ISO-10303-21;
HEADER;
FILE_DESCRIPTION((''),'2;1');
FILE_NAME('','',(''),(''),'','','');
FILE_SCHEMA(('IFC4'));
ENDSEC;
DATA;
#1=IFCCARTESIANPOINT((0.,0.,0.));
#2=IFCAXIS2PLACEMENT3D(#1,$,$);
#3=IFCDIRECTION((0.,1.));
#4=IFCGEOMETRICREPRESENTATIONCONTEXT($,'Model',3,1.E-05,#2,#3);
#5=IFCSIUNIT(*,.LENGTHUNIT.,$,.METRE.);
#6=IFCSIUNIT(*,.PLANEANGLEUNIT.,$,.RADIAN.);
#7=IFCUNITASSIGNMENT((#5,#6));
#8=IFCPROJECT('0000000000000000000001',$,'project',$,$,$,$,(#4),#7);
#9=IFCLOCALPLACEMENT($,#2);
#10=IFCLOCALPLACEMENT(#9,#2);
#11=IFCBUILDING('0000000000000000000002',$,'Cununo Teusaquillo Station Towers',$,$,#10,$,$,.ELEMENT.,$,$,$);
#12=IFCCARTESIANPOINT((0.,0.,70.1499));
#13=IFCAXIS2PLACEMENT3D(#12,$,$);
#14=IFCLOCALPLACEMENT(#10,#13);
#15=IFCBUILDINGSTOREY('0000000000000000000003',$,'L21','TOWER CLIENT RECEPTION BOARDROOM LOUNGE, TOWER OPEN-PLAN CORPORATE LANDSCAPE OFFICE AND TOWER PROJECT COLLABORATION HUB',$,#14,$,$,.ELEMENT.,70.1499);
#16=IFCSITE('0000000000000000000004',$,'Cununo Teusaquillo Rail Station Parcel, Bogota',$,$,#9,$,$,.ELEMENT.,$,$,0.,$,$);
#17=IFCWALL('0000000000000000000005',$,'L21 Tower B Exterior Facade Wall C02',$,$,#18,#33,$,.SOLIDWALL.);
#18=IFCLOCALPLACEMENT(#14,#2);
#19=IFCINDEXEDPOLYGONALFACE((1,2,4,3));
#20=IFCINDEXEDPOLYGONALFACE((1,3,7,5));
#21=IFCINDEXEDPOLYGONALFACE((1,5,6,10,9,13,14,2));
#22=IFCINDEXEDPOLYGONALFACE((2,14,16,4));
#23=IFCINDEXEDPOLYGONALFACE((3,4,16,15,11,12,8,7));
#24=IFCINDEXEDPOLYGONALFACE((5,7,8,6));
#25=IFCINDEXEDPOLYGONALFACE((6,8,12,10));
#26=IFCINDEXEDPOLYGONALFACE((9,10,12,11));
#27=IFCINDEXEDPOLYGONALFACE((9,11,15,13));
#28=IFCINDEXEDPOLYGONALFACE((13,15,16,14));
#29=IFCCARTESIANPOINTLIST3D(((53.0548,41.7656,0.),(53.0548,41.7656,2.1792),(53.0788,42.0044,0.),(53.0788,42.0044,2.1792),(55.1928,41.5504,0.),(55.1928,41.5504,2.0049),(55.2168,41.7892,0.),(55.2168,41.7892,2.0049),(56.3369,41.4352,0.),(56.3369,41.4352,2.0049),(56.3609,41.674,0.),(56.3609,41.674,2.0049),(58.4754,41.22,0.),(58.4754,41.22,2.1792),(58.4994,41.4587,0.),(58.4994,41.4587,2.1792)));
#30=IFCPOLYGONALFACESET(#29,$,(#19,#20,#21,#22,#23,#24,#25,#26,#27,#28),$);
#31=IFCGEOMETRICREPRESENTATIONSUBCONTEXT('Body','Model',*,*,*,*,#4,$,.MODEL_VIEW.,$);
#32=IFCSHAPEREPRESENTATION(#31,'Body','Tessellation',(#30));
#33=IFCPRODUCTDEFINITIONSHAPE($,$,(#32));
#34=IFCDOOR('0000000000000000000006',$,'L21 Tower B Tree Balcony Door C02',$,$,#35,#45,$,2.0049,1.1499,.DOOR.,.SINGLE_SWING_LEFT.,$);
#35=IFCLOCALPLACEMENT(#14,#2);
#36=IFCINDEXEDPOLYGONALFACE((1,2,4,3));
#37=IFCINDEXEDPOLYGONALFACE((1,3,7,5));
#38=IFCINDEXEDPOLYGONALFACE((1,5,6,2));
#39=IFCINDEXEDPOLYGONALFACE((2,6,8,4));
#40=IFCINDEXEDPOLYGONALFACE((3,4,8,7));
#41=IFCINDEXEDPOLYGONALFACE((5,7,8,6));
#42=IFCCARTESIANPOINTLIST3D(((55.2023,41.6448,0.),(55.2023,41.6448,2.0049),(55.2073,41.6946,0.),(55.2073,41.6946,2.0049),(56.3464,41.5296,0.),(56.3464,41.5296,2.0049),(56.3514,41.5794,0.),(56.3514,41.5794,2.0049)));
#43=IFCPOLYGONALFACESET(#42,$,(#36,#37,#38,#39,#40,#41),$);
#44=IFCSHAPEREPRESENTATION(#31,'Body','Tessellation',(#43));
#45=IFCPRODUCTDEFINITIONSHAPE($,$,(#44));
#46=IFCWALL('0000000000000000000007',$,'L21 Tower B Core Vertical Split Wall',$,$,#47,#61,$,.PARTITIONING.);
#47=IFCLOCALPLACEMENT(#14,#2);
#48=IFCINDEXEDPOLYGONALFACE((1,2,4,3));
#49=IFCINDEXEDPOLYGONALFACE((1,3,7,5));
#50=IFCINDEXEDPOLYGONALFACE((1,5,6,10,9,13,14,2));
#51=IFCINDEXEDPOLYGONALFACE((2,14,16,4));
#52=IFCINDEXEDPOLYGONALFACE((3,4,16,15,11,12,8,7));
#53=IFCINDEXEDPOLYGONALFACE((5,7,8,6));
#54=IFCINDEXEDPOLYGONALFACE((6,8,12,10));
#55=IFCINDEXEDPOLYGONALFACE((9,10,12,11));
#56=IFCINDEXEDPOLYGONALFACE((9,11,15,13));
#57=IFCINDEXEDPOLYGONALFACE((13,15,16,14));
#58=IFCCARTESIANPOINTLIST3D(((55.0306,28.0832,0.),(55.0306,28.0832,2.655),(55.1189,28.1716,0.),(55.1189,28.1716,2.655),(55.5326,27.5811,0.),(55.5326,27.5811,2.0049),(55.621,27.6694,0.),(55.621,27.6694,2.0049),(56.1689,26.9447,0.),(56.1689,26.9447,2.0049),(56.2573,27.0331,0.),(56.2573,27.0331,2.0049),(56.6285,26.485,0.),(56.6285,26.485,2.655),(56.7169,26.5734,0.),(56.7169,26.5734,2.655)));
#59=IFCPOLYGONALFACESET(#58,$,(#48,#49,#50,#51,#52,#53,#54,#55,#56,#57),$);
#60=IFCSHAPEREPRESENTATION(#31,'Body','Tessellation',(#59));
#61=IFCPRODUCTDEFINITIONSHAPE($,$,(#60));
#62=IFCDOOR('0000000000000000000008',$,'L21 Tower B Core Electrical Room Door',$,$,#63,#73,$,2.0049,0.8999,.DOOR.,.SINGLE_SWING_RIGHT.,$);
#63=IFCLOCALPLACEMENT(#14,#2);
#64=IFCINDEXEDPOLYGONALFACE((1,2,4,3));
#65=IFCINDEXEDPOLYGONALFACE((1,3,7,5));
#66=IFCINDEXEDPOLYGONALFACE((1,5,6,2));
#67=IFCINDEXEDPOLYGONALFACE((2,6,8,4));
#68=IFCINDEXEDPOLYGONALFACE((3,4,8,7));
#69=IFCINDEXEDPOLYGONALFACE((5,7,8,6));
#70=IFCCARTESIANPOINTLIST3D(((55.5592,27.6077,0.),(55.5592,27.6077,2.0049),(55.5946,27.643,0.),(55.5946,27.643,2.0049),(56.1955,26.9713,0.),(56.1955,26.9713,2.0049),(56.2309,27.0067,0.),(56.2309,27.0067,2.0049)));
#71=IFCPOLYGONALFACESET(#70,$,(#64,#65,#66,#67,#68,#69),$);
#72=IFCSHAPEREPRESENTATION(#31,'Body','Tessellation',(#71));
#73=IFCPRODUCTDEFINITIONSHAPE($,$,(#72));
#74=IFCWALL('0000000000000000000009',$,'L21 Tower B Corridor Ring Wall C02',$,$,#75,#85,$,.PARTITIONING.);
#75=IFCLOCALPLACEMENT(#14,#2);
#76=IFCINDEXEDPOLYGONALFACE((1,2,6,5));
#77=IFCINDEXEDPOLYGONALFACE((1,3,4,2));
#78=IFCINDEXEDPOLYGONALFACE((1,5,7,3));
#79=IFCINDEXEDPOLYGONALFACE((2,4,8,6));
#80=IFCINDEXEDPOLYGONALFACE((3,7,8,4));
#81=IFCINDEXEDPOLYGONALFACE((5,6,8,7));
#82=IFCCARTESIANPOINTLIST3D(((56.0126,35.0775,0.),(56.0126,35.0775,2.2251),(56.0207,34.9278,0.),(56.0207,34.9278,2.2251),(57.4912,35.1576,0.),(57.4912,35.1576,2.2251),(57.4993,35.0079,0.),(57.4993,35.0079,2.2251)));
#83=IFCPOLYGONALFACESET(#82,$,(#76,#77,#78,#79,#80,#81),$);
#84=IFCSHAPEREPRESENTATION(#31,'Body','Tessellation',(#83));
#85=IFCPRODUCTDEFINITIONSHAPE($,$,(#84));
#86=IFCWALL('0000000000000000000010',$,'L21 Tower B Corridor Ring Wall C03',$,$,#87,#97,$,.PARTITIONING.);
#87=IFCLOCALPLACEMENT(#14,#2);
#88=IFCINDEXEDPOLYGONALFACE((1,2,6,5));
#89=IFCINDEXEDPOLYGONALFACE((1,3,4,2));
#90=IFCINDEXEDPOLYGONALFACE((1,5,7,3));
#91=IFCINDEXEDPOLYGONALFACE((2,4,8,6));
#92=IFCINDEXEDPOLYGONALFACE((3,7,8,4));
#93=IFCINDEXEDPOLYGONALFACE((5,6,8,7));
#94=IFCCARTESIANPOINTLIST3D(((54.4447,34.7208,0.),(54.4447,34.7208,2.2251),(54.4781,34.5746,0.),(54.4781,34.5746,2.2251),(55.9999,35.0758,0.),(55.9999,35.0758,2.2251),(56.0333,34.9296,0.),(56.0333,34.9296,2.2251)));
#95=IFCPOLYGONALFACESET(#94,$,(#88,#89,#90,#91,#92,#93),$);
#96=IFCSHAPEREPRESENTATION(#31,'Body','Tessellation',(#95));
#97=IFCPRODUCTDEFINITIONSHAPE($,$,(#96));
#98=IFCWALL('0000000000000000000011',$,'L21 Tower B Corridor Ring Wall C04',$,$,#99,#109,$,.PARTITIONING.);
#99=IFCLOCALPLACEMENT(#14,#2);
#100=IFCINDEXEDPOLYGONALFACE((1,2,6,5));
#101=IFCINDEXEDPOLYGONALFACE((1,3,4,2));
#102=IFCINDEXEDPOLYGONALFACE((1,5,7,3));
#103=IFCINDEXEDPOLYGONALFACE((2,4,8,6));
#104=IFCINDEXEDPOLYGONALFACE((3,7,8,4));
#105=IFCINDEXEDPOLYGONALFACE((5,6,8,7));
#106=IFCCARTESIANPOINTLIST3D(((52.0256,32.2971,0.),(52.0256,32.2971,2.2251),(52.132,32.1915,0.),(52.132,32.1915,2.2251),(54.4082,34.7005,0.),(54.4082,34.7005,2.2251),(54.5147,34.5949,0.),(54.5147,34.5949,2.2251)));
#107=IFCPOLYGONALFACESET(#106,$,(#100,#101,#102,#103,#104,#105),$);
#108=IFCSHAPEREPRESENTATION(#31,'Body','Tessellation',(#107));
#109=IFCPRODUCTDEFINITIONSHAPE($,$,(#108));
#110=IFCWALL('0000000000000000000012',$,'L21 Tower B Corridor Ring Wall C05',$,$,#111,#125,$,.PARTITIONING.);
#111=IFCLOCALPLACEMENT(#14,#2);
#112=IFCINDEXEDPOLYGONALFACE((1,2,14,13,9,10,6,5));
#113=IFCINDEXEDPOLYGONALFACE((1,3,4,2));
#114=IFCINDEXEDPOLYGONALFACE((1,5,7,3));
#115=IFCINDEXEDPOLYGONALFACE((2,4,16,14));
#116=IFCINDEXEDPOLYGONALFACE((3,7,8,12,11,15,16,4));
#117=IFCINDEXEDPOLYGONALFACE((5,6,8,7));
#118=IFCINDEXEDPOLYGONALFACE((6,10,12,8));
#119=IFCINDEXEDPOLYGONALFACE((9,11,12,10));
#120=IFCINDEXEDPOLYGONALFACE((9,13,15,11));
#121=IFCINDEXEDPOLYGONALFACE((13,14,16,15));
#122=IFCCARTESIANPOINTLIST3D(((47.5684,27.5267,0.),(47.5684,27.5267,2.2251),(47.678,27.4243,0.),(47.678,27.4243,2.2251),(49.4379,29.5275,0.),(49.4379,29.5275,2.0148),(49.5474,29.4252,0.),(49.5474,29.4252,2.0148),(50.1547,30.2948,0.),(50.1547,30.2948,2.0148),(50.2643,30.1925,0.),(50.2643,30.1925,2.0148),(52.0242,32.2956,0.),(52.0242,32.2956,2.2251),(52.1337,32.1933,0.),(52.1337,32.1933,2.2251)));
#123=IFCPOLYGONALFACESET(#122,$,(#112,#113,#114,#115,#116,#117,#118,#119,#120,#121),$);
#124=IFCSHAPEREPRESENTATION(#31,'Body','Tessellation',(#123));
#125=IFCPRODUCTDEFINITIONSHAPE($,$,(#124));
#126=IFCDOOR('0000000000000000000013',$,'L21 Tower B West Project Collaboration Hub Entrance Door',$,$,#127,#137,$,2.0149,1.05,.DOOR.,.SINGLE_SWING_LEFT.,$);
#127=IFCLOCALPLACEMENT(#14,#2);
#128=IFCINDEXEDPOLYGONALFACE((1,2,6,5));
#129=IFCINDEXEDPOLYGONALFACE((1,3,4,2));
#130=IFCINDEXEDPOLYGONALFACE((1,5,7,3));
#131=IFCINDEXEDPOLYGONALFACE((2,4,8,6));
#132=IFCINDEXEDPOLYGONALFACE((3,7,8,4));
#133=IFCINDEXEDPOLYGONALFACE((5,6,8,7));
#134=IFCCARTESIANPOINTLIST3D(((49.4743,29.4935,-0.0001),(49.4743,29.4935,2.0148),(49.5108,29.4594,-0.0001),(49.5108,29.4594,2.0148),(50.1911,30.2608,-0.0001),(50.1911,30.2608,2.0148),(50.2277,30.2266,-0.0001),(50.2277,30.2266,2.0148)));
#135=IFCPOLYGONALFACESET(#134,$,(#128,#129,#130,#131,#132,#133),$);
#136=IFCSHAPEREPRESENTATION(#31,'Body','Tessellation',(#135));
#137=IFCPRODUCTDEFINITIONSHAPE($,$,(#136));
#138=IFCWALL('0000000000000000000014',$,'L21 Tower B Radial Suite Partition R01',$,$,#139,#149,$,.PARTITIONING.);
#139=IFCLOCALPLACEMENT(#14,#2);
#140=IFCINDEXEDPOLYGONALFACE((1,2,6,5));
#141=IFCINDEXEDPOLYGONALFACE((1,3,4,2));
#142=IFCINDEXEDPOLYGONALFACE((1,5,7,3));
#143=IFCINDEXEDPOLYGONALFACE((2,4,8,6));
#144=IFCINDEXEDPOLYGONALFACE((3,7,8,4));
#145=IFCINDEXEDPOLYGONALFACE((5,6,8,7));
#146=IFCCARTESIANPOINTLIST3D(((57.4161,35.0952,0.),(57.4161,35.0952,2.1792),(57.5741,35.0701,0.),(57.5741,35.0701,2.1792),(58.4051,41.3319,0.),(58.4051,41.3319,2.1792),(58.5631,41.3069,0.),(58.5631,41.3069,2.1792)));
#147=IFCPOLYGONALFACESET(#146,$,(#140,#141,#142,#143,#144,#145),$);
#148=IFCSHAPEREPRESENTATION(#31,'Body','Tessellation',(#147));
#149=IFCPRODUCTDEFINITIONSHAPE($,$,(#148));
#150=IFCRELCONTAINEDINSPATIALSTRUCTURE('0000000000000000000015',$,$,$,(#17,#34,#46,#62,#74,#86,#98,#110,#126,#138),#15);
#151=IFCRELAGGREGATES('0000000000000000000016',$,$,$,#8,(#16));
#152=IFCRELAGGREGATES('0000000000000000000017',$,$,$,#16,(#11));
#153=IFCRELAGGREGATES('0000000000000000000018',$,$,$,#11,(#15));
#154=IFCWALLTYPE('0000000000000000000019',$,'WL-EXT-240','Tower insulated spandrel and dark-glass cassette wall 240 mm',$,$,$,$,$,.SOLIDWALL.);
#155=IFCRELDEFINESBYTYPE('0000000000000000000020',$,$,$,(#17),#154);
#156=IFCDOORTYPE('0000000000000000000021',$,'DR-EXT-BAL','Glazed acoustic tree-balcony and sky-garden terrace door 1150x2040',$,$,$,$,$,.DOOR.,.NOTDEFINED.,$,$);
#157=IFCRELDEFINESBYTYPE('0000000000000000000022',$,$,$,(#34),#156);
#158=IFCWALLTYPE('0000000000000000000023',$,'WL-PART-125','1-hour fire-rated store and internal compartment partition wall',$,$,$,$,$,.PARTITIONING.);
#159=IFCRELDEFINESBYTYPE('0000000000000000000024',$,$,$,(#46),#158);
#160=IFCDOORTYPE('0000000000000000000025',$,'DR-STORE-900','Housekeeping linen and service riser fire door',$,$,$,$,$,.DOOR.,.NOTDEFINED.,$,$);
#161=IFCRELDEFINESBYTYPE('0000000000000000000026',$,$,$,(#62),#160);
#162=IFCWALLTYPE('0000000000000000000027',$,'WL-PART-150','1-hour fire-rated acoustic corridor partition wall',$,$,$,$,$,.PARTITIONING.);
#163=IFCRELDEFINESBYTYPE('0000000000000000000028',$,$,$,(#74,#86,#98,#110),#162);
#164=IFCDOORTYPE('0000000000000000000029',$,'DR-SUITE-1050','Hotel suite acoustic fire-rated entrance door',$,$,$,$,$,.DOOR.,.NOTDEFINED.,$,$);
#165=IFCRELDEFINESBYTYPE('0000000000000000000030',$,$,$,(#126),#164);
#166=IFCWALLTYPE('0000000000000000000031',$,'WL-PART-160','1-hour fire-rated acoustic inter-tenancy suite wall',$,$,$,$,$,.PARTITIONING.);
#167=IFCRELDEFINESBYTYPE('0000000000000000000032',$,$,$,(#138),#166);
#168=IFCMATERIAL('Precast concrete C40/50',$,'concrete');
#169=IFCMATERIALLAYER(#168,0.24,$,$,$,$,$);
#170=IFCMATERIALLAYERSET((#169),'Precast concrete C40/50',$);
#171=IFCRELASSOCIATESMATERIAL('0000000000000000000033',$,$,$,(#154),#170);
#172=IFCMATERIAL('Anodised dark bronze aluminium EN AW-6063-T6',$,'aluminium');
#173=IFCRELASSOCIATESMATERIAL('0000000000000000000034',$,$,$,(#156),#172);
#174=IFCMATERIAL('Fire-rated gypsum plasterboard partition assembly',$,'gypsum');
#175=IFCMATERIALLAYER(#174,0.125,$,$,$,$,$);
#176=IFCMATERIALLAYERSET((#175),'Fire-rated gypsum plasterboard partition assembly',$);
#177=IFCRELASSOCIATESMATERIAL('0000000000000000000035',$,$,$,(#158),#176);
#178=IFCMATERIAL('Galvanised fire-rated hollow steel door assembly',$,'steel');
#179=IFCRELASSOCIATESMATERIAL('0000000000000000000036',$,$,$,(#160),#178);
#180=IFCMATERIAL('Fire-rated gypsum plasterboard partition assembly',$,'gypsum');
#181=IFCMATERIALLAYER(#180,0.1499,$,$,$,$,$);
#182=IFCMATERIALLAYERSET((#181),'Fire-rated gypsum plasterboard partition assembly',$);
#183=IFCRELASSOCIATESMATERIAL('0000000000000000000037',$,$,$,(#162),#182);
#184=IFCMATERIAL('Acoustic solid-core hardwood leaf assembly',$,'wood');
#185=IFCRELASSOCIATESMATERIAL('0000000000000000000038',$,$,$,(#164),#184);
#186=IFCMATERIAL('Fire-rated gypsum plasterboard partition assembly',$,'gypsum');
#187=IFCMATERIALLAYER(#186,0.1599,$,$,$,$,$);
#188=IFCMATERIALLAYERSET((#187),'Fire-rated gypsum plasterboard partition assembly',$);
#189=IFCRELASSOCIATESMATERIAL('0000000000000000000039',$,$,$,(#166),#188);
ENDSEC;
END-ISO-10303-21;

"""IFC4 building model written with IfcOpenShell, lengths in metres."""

from ifc_helpers import new_model, si_unit, direction, frame, frame_2d, origin, place, context, subcontext, project, spatial, rectangle, extrude, source, transform, mapped, material, layer, layer_set, type_object, element, fill, save


model = new_model("IFC4")

# Units and contexts
model_context = context("Model", 3, precision=1e-05, world=origin(), true_north=direction((0.0, 1.0)))
body_context = subcontext(model_context, "Body", "Model", "MODEL_VIEW")
ifc_project = project(units=[si_unit("LENGTHUNIT", "METRE"), si_unit("PLANEANGLEUNIT", "RADIAN")], contexts=[model_context])

# Site, building, storey
site_placement = place(None, origin())
site = spatial("IfcSite", under=ifc_project, at=site_placement, Name="Cununo Teusaquillo Rail Station Parcel, Bogota", CompositionType="ELEMENT", RefElevation=0.0)
building_placement = place(site_placement, origin())
building = spatial("IfcBuilding", under=site, at=building_placement, Name="Cununo Teusaquillo Station Towers", CompositionType="ELEMENT")
storey_placement = place(building_placement, frame((0.0, 0.0, 70.1499)))
storey = spatial("IfcBuildingStorey", under=building, at=storey_placement, Name="L21", Description="TOWER CLIENT RECEPTION BOARDROOM LOUNGE, TOWER OPEN-PLAN CORPORATE LANDSCAPE OFFICE AND TOWER PROJECT COLLABORATION HUB", CompositionType="ELEMENT", Elevation=70.1499)

# Walls, openings, doors
ifc_material_1 = material(Name="Precast concrete C40/50", Category="concrete")
ifc_layer_1 = layer(ifc_material_1, 0.24)
ifc_layer_set_1 = layer_set([ifc_layer_1], Name="Precast concrete C40/50")
wall_type_1 = type_object("IfcWallType", Name="WL-EXT-240", Description="Tower insulated spandrel and dark-glass cassette wall 240 mm", PredefinedType="SOLIDWALL", material=ifc_layer_set_1)
wall_1_placement = place(storey_placement, frame((53.0667, 41.885, 0.0), z_axis=(0.0, 0.0, 1.0), x_axis=(0.994972, -0.100156, 0.0)))
wall_1 = element("IfcWall", 1, at=wall_1_placement, inside=storey, type_object=wall_type_1, Name="L21 Tower B Exterior Facade Wall C02", PredefinedType="SOLIDWALL", context=body_context, shape_type="SweptSolid", body=[
    extrude(rectangle(XDim=5.448, YDim=0.24, at=frame_2d((2.7241, 0.0))), origin(), (0.0, 0.0, 1.0), 2.1792),
])
shared_shape_1 = source(origin(), body_context, "Body", "SweptSolid", [
    extrude(rectangle(XDim=1.1499, YDim=2.0049, at=frame_2d((0.575, 1.0024))), frame((0.0, 0.1299, 0.0), z_axis=(0.0, -1.0, 0.0), x_axis=(1.0, 0.0, 0.0)), (0.0, 0.0, 1.0), 0.26),
])
opening_1_placement = place(wall_1_placement, frame((2.1489, 0.0, 0.0)))
opening_1 = element("IfcOpeningElement", 2, at=opening_1_placement, cuts=wall_1, PredefinedType="OPENING", context=body_context, shape_type="MappedRepresentation", body=[
    mapped(shared_shape_1, transform((0.0, 0.0, 0.0), x_axis=(1.0, 0.0, 0.0), y_axis=(0.0, 1.0, 0.0), z_axis=(0.0, 0.0, 1.0), scale=1.0)),
])
ifc_material_2 = material(Name="Anodised dark bronze aluminium EN AW-6063-T6", Category="aluminium")
door_type_1 = type_object("IfcDoorType", Name="DR-EXT-BAL", Description="Glazed acoustic tree-balcony and sky-garden terrace door 1150x2040", OperationType="NOTDEFINED", PredefinedType="DOOR", material=ifc_material_2)
shared_shape_2 = source(origin(), body_context, "Body", "SweptSolid", [
    extrude(rectangle(XDim=1.1499, YDim=2.0049, at=frame_2d((0.575, 1.0024))), frame((0.0, 0.0249, 0.0), z_axis=(0.0, -1.0, 0.0), x_axis=(1.0, 0.0, 0.0)), (0.0, 0.0, 1.0), 0.05),
])
door_1_placement = place(opening_1_placement, origin())
door_1 = element("IfcDoor", 3, at=door_1_placement, inside=storey, type_object=door_type_1, Name="L21 Tower B Tree Balcony Door C02", OperationType="SINGLE_SWING_LEFT", OverallHeight=2.0049, OverallWidth=1.1499, PredefinedType="DOOR", context=body_context, shape_type="MappedRepresentation", body=[
    mapped(shared_shape_2, transform((0.0, 0.0, 0.0), x_axis=(1.0, 0.0, 0.0), y_axis=(0.0, 1.0, 0.0), z_axis=(0.0, 0.0, 1.0), scale=1.0)),
])
fill(opening_1, door_1)
ifc_material_3 = material(Name="Fire-rated gypsum plasterboard partition assembly", Category="gypsum")
ifc_layer_2 = layer(ifc_material_3, 0.125)
ifc_layer_set_2 = layer_set([ifc_layer_2], Name="Fire-rated gypsum plasterboard partition assembly")
wall_type_2 = type_object("IfcWallType", Name="WL-PART-125", Description="1-hour fire-rated store and internal compartment partition wall", PredefinedType="PARTITIONING", material=ifc_layer_set_2)
wall_2_placement = place(storey_placement, frame((56.6726, 26.5293, 0.0), z_axis=(0.0, 0.0, 1.0), x_axis=(-0.707053, 0.707161, 0.0)))
wall_2 = element("IfcWall", 4, at=wall_2_placement, inside=storey, type_object=wall_type_2, Name="L21 Tower B Core Vertical Split Wall", PredefinedType="PARTITIONING", context=body_context, shape_type="SweptSolid", body=[
    extrude(rectangle(XDim=2.26, YDim=0.125, at=frame_2d((1.1299, 0.0))), origin(), (0.0, 0.0, 1.0), 2.655),
])
shared_shape_3 = source(origin(), body_context, "Body", "SweptSolid", [
    extrude(rectangle(XDim=0.8999, YDim=2.0049, at=frame_2d((0.45, 1.0024))), frame((0.0, 0.0725, 0.0), z_axis=(0.0, -1.0, 0.0), x_axis=(1.0, 0.0, 0.0)), (0.0, 0.0, 1.0), 0.145),
])
opening_2_placement = place(wall_2_placement, frame((0.6499, 0.0, 0.0)))
opening_2 = element("IfcOpeningElement", 5, at=opening_2_placement, cuts=wall_2, PredefinedType="OPENING", context=body_context, shape_type="MappedRepresentation", body=[
    mapped(shared_shape_3, transform((0.0, 0.0, 0.0), x_axis=(1.0, 0.0, 0.0), y_axis=(0.0, 1.0, 0.0), z_axis=(0.0, 0.0, 1.0), scale=1.0)),
])
ifc_material_4 = material(Name="Galvanised fire-rated hollow steel door assembly", Category="steel")
door_type_2 = type_object("IfcDoorType", Name="DR-STORE-900", Description="Housekeeping linen and service riser fire door", OperationType="NOTDEFINED", PredefinedType="DOOR", material=ifc_material_4)
shared_shape_4 = source(origin(), body_context, "Body", "SweptSolid", [
    extrude(rectangle(XDim=0.8999, YDim=2.0049, at=frame_2d((0.45, 1.0024))), frame((0.0, 0.0249, 0.0), z_axis=(0.0, -1.0, 0.0), x_axis=(1.0, 0.0, 0.0)), (0.0, 0.0, 1.0), 0.05),
])
door_2_placement = place(opening_2_placement, origin())
door_2 = element("IfcDoor", 6, at=door_2_placement, inside=storey, type_object=door_type_2, Name="L21 Tower B Core Electrical Room Door", OperationType="SINGLE_SWING_RIGHT", OverallHeight=2.0049, OverallWidth=0.8999, PredefinedType="DOOR", context=body_context, shape_type="MappedRepresentation", body=[
    mapped(shared_shape_4, transform((0.0, 0.0, 0.0), x_axis=(1.0, 0.0, 0.0), y_axis=(0.0, 1.0, 0.0), z_axis=(0.0, 0.0, 1.0), scale=1.0)),
])
fill(opening_2, door_2)

# Walls
ifc_material_5 = material(Name="Fire-rated gypsum plasterboard partition assembly", Category="gypsum")
ifc_layer_3 = layer(ifc_material_5, 0.1499)
ifc_layer_set_3 = layer_set([ifc_layer_3], Name="Fire-rated gypsum plasterboard partition assembly")
wall_type_3 = type_object("IfcWallType", Name="WL-PART-150", Description="1-hour fire-rated acoustic corridor partition wall", PredefinedType="PARTITIONING", material=ifc_layer_set_3)
wall_3_placement = place(storey_placement, frame((57.4951, 35.0828, 0.0), z_axis=(0.0, 0.0, 1.0), x_axis=(-0.998537, -0.054082, 0.0)))
element("IfcWall", 7, at=wall_3_placement, inside=storey, type_object=wall_type_3, Name="L21 Tower B Corridor Ring Wall C02", PredefinedType="PARTITIONING", context=body_context, shape_type="SweptSolid", body=[
    extrude(rectangle(XDim=1.4807, YDim=0.1499, at=frame_2d((0.7402, 0.0))), origin(), (0.0, 0.0, 1.0), 2.2251),
])
wall_4_placement = place(storey_placement, frame((56.0166, 35.0027, 0.0), z_axis=(0.0, 0.0, 1.0), x_axis=(-0.974925, -0.222534, 0.0)))
element("IfcWall", 8, at=wall_4_placement, inside=storey, type_object=wall_type_3, Name="L21 Tower B Corridor Ring Wall C03", PredefinedType="PARTITIONING", context=body_context, shape_type="SweptSolid", body=[
    extrude(rectangle(XDim=1.5952, YDim=0.1499, at=frame_2d((0.7976, 0.0))), origin(), (0.0, 0.0, 1.0), 2.2251),
])
wall_5_placement = place(storey_placement, frame((54.4614, 34.6477, 0.0), z_axis=(0.0, 0.0, 1.0), x_axis=(-0.704034, -0.710166, 0.0)))
element("IfcWall", 9, at=wall_5_placement, inside=storey, type_object=wall_type_3, Name="L21 Tower B Corridor Ring Wall C04", PredefinedType="PARTITIONING", context=body_context, shape_type="SweptSolid", body=[
    extrude(rectangle(XDim=3.3843, YDim=0.1499, at=frame_2d((1.6921, 0.0))), origin(), (0.0, 0.0, 1.0), 2.2251),
])

# Wall, opening, door
wall_6_placement = place(storey_placement, frame((52.0789, 32.2444, 0.0), z_axis=(0.0, 0.0, 1.0), x_axis=(-0.682703, -0.730696, 0.0)))
wall_6 = element("IfcWall", 10, at=wall_6_placement, inside=storey, type_object=wall_type_3, Name="L21 Tower B Corridor Ring Wall C05", PredefinedType="PARTITIONING", context=body_context, shape_type="SweptSolid", body=[
    extrude(rectangle(XDim=6.5266, YDim=0.1499, at=frame_2d((3.2632, 0.0))), origin(), (0.0, 0.0, 1.0), 2.2251),
])
shared_shape_5 = source(origin(), body_context, "Body", "SweptSolid", [
    extrude(rectangle(XDim=1.05, YDim=2.0149, at=frame_2d((0.5249, 1.0073))), frame((0.0, 0.085, 0.0), z_axis=(0.0, -1.0, 0.0), x_axis=(1.0, 0.0, 0.0)), (0.0, 0.0, 1.0), 0.1699),
])
opening_3_placement = place(wall_6_placement, frame((2.7383, 0.0, 0.0)))
opening_3 = element("IfcOpeningElement", 11, at=opening_3_placement, cuts=wall_6, PredefinedType="OPENING", context=body_context, shape_type="MappedRepresentation", body=[
    mapped(shared_shape_5, transform((0.0, 0.0, 0.0), x_axis=(1.0, 0.0, 0.0), y_axis=(0.0, 1.0, 0.0), z_axis=(0.0, 0.0, 1.0), scale=1.0)),
])
ifc_material_6 = material(Name="Acoustic solid-core hardwood leaf assembly", Category="wood")
door_type_3 = type_object("IfcDoorType", Name="DR-SUITE-1050", Description="Hotel suite acoustic fire-rated entrance door", OperationType="NOTDEFINED", PredefinedType="DOOR", material=ifc_material_6)
shared_shape_6 = source(origin(), body_context, "Body", "SweptSolid", [
    extrude(rectangle(XDim=1.05, YDim=2.0149, at=frame_2d((0.5249, 1.0073))), frame((0.0, 0.0249, 0.0), z_axis=(0.0, -1.0, 0.0), x_axis=(1.0, 0.0, 0.0)), (0.0, 0.0, 1.0), 0.05),
])
door_3_placement = place(opening_3_placement, origin())
door_3 = element("IfcDoor", 12, at=door_3_placement, inside=storey, type_object=door_type_3, Name="L21 Tower B West Project Collaboration Hub Entrance Door", OperationType="SINGLE_SWING_LEFT", OverallHeight=2.0149, OverallWidth=1.05, PredefinedType="DOOR", context=body_context, shape_type="MappedRepresentation", body=[
    mapped(shared_shape_6, transform((0.0, 0.0, 0.0), x_axis=(1.0, 0.0, 0.0), y_axis=(0.0, 1.0, 0.0), z_axis=(0.0, 0.0, 1.0), scale=1.0)),
])
fill(opening_3, door_3)

# Wall
ifc_material_7 = material(Name="Fire-rated gypsum plasterboard partition assembly", Category="gypsum")
ifc_layer_4 = layer(ifc_material_7, 0.1599)
ifc_layer_set_4 = layer_set([ifc_layer_4], Name="Fire-rated gypsum plasterboard partition assembly")
wall_type_4 = type_object("IfcWallType", Name="WL-PART-160", Description="1-hour fire-rated acoustic inter-tenancy suite wall", PredefinedType="PARTITIONING", material=ifc_layer_set_4)
wall_7_placement = place(storey_placement, frame((57.4951, 35.0828, 0.0), z_axis=(0.0, 0.0, 1.0), x_axis=(0.15662, 0.987659, 0.0)))
element("IfcWall", 13, at=wall_7_placement, inside=storey, type_object=wall_type_4, Name="L21 Tower B Radial Suite Partition R01", PredefinedType="PARTITIONING", context=body_context, shape_type="SweptSolid", body=[
    extrude(rectangle(XDim=6.3147, YDim=0.1599, at=frame_2d((3.1572, 0.0))), origin(), (0.0, 0.0, 1.0), 2.1792),
])

save(model, "model.ifc")
